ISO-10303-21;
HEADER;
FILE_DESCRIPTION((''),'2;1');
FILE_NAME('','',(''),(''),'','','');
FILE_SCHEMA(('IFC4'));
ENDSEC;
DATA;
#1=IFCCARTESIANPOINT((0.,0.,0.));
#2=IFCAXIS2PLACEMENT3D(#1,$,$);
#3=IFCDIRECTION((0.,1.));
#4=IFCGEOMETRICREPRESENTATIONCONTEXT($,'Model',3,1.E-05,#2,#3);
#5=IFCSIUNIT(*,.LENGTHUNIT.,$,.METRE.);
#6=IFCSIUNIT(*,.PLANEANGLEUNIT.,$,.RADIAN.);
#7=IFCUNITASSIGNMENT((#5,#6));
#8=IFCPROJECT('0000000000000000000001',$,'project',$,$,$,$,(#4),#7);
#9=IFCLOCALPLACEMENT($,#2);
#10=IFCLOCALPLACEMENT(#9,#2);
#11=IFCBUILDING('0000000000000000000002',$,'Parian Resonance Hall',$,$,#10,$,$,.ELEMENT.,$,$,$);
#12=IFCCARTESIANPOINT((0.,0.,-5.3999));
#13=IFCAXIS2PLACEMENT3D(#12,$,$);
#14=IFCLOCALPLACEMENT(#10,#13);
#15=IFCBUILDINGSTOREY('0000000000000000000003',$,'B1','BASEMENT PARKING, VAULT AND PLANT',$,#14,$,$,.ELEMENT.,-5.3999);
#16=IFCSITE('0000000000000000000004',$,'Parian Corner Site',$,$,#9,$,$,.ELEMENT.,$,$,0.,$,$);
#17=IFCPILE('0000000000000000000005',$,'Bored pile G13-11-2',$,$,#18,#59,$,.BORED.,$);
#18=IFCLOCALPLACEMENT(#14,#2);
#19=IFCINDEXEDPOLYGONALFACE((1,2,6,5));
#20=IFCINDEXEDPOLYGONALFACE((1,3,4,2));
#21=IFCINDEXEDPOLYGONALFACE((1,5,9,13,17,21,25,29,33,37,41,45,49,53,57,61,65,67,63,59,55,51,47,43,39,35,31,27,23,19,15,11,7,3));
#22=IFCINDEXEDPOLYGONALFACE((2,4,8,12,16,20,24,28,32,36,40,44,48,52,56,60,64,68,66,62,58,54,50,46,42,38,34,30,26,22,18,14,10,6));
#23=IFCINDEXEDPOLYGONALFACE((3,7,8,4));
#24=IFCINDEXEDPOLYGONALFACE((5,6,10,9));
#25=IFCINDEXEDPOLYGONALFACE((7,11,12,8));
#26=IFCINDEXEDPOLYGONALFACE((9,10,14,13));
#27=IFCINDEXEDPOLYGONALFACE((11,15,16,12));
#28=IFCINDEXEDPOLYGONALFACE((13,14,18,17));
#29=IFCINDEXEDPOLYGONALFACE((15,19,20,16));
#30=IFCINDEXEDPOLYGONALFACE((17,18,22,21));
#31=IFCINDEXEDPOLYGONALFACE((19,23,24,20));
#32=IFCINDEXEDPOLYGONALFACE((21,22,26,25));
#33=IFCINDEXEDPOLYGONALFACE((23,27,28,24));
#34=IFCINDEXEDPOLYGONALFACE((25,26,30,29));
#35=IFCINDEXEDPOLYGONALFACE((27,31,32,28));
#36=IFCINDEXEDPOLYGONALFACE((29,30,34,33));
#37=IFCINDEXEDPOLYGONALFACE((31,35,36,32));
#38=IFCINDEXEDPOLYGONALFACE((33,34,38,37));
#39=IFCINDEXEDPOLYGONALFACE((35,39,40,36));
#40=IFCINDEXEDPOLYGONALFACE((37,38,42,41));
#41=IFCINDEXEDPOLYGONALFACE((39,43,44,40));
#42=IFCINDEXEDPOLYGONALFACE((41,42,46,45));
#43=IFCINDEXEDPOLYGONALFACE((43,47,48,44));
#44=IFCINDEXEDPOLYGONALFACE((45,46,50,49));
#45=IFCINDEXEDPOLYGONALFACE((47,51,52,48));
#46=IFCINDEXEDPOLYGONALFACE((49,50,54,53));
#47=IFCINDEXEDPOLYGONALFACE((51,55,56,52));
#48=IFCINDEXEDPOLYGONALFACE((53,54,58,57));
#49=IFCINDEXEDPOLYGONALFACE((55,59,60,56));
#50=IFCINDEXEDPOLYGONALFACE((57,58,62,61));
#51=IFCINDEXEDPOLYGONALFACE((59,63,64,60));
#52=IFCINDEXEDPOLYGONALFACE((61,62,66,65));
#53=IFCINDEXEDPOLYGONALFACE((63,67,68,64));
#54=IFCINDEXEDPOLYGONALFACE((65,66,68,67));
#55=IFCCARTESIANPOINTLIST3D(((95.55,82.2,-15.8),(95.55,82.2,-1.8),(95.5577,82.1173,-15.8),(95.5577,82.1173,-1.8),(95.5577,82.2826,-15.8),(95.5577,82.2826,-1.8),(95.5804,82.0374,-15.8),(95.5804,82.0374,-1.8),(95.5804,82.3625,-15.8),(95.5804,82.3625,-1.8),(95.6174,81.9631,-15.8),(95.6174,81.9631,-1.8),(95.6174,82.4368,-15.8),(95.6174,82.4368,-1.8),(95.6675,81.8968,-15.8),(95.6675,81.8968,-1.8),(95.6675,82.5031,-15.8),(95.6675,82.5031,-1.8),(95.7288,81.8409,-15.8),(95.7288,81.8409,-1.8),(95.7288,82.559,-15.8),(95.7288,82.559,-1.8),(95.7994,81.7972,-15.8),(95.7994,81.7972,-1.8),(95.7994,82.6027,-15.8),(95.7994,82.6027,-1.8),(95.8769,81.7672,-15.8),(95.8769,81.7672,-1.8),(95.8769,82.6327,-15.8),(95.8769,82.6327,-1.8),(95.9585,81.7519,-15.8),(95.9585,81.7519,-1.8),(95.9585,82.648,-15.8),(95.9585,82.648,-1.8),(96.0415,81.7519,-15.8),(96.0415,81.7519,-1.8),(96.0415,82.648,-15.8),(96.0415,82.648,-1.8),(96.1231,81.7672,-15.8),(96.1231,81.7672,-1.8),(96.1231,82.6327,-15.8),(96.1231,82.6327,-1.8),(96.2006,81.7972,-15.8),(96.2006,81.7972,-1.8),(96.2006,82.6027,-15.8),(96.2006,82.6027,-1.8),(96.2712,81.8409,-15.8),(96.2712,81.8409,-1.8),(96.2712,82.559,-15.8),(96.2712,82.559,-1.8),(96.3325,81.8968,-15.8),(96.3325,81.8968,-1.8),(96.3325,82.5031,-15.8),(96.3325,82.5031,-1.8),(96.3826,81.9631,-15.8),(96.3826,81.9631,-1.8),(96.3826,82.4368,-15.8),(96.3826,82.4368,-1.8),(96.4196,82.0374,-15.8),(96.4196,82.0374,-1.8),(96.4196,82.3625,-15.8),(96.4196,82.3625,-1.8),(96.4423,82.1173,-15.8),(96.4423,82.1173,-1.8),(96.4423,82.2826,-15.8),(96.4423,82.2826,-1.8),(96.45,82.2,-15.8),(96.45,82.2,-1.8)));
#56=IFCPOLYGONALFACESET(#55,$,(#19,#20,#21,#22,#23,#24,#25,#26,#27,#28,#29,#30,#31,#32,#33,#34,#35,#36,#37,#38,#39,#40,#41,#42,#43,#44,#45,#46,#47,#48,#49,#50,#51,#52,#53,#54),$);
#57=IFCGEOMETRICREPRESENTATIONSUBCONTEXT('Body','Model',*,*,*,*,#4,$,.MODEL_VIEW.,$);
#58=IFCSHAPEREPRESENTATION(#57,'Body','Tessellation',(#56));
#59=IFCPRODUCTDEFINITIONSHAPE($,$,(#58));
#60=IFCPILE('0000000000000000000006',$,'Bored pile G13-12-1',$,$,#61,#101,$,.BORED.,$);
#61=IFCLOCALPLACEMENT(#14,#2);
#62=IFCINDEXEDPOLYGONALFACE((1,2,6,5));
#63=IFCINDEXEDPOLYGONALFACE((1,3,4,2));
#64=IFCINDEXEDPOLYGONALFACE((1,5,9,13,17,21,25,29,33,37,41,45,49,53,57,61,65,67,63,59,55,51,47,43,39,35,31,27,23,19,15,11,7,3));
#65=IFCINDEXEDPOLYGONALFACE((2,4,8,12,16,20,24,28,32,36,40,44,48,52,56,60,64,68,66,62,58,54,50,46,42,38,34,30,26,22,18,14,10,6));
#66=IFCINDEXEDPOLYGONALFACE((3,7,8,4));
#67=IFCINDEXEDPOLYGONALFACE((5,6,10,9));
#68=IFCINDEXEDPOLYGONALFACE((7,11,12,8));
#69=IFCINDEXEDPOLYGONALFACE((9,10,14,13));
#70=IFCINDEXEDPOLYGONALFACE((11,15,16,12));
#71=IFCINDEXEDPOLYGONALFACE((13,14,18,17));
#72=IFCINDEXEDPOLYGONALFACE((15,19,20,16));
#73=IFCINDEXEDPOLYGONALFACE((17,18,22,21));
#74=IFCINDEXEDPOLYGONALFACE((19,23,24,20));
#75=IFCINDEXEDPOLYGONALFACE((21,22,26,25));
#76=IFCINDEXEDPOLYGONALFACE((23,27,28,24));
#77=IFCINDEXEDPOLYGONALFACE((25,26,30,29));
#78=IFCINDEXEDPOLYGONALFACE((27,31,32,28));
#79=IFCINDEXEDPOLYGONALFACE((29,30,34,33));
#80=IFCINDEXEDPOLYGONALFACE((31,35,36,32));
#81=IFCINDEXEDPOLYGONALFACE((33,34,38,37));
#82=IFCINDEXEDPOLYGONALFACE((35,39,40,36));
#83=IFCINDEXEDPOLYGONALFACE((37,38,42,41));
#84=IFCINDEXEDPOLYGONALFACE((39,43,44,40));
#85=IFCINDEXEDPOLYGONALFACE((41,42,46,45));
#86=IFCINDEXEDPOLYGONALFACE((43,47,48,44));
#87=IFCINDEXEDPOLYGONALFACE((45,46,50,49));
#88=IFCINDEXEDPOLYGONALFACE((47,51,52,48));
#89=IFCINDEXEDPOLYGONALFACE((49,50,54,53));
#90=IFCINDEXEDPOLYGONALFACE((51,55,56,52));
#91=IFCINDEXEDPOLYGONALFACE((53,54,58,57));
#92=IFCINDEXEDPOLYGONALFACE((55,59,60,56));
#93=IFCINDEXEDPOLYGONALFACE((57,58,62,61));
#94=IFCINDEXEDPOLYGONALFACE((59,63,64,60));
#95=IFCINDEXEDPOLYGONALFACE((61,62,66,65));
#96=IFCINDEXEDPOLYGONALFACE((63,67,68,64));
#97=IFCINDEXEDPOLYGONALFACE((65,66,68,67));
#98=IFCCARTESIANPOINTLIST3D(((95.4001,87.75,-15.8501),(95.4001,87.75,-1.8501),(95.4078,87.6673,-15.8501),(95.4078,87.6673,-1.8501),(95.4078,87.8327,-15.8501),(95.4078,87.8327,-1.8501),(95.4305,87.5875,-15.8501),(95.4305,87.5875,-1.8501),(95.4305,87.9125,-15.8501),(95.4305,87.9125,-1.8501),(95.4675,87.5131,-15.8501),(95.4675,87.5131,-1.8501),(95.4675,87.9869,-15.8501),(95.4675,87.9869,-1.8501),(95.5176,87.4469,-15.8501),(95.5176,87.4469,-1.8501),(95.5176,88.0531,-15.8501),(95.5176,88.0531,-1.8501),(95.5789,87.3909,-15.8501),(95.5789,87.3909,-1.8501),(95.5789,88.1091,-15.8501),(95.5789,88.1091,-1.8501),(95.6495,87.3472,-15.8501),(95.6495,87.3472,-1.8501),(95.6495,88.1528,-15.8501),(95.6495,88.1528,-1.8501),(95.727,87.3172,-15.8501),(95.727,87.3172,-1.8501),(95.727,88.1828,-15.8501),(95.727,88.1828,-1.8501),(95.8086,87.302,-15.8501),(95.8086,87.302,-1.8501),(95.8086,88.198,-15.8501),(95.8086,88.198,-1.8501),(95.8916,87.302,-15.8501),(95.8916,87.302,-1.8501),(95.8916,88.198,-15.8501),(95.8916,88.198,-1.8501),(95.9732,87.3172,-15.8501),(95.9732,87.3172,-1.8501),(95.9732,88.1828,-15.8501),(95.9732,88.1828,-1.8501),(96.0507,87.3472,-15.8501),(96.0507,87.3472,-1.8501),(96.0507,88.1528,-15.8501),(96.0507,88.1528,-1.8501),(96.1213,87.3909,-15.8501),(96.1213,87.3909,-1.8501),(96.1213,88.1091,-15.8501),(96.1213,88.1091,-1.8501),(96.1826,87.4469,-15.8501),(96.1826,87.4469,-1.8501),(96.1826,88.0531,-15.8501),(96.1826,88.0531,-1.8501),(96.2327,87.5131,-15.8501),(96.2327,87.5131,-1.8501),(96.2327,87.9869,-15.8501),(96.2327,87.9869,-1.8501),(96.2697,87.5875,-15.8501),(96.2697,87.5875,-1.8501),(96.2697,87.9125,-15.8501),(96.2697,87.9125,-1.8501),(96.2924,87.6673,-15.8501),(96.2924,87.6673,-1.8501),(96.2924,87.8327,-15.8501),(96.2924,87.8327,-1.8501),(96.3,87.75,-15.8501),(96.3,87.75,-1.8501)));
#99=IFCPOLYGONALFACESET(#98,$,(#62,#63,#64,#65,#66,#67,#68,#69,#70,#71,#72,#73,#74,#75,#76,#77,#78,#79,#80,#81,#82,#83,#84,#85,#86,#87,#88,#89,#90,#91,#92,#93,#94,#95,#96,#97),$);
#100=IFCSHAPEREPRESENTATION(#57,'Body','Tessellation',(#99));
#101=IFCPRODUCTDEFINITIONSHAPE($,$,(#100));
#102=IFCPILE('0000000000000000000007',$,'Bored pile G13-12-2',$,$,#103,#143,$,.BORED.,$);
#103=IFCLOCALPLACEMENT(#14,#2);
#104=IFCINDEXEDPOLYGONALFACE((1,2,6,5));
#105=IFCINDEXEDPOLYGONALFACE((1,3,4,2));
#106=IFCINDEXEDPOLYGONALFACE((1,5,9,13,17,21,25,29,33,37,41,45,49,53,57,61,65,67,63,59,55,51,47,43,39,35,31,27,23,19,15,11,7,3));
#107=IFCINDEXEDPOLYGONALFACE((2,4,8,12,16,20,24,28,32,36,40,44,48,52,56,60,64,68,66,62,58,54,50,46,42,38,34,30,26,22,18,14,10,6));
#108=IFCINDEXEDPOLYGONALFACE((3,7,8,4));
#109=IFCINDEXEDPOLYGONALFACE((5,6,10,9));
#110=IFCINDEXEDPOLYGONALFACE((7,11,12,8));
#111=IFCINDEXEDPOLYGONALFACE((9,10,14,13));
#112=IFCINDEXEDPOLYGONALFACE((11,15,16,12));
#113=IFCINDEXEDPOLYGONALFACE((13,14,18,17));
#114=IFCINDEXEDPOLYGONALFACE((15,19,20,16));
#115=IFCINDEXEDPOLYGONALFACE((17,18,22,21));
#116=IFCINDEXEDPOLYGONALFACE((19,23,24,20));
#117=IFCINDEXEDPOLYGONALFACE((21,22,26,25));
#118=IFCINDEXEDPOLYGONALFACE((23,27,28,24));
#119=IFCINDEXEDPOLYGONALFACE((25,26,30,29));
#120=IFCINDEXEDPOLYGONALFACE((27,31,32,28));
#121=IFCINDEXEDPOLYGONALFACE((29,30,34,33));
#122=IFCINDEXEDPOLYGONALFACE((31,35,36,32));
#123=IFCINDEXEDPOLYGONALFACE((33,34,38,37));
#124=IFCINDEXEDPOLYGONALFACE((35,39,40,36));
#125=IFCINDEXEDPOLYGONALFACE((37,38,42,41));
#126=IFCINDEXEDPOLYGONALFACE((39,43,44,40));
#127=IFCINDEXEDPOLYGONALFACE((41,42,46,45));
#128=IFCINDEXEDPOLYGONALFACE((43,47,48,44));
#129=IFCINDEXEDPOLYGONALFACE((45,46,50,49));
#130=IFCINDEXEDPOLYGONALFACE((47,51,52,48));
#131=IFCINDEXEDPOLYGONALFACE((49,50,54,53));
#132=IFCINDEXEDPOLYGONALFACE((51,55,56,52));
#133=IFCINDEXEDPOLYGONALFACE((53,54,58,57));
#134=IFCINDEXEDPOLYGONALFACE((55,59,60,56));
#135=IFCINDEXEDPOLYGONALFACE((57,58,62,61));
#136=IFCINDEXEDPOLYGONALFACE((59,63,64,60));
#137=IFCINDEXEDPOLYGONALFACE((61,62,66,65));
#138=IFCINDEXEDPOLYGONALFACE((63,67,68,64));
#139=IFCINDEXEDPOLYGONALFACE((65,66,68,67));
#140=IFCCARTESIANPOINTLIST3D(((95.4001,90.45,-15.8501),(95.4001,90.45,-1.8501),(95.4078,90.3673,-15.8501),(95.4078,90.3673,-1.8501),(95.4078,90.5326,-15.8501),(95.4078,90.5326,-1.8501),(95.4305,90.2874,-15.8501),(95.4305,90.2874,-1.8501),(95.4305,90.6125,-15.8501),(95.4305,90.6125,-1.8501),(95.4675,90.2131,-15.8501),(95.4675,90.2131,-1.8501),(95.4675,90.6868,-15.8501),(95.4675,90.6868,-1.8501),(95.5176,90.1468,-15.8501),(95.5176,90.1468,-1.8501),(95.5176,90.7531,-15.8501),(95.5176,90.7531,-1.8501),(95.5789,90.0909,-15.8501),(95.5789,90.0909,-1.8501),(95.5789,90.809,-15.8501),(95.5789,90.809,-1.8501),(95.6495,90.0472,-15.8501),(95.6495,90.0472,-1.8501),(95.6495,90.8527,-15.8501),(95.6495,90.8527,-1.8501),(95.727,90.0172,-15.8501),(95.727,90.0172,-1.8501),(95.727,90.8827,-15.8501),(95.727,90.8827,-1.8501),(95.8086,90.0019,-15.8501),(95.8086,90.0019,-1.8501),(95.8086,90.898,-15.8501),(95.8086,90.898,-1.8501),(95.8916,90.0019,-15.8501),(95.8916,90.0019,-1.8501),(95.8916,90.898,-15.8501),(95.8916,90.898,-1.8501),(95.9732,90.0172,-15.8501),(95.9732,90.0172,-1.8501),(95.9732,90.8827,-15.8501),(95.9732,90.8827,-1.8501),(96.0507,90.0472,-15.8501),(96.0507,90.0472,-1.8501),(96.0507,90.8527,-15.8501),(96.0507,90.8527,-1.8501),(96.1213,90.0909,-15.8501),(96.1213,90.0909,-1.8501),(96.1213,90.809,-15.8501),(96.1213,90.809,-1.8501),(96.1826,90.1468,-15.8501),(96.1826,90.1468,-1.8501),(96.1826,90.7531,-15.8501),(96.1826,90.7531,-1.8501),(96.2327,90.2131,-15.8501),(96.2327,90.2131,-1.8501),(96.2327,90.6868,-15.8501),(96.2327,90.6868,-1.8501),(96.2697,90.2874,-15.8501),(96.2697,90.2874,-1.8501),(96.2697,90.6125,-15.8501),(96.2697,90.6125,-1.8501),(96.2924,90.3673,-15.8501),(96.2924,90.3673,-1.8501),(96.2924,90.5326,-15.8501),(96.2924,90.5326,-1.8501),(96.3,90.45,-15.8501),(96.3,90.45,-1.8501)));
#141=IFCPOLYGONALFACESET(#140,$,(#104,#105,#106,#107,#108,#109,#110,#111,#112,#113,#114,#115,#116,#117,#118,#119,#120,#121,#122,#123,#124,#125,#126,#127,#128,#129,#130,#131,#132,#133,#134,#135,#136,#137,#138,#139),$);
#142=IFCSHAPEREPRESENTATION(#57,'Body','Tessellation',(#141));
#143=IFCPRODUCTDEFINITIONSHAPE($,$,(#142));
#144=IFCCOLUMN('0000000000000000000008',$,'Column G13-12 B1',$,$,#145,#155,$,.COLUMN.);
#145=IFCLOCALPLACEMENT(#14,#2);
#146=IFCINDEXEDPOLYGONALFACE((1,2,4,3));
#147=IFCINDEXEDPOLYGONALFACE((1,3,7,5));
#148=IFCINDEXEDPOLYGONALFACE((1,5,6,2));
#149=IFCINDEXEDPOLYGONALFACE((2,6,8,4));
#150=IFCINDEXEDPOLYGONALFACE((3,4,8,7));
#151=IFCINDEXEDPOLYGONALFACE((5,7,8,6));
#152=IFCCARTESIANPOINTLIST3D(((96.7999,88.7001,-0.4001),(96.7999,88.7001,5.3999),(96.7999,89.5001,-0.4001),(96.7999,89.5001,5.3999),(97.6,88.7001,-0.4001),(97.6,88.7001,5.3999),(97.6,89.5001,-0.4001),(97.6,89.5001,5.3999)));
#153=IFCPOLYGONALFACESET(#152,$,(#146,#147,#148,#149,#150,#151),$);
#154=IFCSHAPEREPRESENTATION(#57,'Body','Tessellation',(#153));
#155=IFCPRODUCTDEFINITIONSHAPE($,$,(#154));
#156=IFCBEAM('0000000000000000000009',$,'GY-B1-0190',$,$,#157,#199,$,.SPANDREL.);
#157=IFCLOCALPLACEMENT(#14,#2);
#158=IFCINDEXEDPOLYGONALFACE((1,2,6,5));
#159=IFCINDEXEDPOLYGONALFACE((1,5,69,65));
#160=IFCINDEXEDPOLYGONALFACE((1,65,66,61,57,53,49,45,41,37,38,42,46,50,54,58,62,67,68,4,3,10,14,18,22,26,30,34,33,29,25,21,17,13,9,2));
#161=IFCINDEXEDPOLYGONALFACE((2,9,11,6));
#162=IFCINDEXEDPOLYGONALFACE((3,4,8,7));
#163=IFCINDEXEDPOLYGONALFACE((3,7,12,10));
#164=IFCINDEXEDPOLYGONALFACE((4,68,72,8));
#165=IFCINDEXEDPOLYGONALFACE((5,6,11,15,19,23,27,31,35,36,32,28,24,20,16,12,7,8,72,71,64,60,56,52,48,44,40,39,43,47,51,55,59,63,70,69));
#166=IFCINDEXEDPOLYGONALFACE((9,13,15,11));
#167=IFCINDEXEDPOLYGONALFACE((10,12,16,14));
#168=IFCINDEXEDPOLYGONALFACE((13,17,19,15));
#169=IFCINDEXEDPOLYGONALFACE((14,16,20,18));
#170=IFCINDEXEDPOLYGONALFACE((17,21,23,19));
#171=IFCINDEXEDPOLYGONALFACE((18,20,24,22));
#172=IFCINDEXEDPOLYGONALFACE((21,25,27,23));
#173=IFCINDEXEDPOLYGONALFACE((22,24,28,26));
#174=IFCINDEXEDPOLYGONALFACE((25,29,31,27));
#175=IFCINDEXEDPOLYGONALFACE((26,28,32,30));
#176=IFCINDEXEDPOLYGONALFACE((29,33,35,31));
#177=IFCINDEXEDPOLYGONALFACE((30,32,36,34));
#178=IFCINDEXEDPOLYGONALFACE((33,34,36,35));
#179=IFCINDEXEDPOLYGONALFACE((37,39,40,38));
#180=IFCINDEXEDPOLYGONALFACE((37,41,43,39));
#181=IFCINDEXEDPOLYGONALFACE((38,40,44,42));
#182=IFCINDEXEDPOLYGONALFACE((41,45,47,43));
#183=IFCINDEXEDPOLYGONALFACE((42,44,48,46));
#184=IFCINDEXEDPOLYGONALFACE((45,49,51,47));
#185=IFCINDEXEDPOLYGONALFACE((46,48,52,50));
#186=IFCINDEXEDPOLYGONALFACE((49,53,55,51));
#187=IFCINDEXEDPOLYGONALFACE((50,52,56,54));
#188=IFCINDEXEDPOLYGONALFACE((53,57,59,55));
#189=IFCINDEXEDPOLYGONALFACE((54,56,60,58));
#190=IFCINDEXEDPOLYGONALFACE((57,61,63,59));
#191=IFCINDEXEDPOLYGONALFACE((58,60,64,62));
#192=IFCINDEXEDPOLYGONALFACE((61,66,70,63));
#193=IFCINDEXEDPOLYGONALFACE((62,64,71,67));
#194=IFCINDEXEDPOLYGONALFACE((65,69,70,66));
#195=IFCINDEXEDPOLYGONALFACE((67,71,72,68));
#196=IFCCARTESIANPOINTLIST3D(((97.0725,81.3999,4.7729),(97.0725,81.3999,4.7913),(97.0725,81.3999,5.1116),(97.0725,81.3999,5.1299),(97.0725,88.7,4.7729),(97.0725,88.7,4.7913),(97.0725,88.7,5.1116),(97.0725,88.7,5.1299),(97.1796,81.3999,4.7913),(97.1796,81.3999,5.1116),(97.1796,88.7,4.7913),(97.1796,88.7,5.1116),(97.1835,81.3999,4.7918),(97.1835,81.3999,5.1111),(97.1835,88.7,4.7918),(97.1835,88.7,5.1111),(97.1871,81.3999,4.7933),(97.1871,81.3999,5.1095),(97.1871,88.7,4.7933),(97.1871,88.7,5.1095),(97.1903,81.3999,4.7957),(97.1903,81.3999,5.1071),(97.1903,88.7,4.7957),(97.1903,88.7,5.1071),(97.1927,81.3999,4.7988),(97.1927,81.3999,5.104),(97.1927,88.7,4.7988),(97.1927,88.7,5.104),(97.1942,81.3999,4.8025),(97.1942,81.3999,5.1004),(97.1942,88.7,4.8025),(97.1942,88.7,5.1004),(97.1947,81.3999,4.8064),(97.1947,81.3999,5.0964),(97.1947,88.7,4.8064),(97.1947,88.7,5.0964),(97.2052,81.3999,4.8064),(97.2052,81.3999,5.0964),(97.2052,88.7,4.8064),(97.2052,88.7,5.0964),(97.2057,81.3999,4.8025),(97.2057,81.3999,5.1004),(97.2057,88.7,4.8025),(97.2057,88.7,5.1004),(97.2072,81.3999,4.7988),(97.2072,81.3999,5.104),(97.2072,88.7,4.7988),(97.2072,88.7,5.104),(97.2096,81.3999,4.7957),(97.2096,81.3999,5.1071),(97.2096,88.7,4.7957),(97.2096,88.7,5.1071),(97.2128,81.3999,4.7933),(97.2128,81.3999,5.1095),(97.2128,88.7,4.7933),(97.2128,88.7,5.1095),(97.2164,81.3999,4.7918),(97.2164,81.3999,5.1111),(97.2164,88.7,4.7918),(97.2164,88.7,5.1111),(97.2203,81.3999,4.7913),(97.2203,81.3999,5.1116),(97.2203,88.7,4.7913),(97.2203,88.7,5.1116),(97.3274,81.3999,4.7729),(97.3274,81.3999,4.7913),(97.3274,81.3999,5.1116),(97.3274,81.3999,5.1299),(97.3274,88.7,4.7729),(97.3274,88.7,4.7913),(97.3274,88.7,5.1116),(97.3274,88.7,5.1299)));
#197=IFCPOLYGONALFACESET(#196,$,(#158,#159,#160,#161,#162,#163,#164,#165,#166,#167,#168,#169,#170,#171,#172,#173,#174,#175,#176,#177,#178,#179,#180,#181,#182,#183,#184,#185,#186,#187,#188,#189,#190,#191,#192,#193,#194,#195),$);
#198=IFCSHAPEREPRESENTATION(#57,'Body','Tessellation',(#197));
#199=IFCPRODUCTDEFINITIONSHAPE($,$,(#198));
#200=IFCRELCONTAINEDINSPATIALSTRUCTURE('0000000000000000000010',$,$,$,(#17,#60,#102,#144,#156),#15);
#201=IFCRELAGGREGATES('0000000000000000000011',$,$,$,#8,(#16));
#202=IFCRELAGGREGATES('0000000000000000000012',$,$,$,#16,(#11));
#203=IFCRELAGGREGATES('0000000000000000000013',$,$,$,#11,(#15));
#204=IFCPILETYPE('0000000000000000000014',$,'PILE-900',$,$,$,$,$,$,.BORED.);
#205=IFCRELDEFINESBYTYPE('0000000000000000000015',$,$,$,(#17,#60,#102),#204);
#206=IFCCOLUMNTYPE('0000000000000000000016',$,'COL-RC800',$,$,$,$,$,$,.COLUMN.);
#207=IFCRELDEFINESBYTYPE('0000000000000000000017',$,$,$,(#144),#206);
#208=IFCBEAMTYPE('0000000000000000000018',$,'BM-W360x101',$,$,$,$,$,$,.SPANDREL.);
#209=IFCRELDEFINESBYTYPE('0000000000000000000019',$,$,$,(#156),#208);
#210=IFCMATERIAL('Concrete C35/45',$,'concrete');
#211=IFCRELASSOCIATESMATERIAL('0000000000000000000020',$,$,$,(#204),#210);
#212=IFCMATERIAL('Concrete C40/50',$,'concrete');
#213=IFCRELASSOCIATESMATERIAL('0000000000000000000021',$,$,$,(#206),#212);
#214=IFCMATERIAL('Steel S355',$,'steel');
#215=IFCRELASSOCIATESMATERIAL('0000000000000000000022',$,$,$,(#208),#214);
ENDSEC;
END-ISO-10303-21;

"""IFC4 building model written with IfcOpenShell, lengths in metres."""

from ifc_helpers import new_model, si_unit, direction, frame, origin, origin_2d, place, context, subcontext, project, spatial, rectangle, circle, i_section, extrude, material, material_profile, profile_set, type_object, element, save


model = new_model("IFC4")

# Units and contexts
model_context = context("Model", 3, precision=1e-05, world=origin(), true_north=direction((0.0, 1.0)))
body_context = subcontext(model_context, "Body", "Model", "MODEL_VIEW")
ifc_project = project(units=[si_unit("LENGTHUNIT", "METRE"), si_unit("PLANEANGLEUNIT", "RADIAN")], contexts=[model_context])

# Site, building, storey
site_placement = place(None, origin())
site = spatial("IfcSite", under=ifc_project, at=site_placement, Name="Parian Corner Site", CompositionType="ELEMENT", RefElevation=0.0)
building_placement = place(site_placement, origin())
building = spatial("IfcBuilding", under=site, at=building_placement, Name="Parian Resonance Hall", CompositionType="ELEMENT")
storey_placement = place(building_placement, frame((0.0, 0.0, -5.3999)))
storey = spatial("IfcBuildingStorey", under=building, at=storey_placement, Name="B1", Description="BASEMENT PARKING, VAULT AND PLANT", CompositionType="ELEMENT", Elevation=-5.3999)

# Piles
ifc_material_1 = material(Name="Concrete C35/45", Category="concrete")
ifc_material_profile_1 = material_profile(ifc_material_1, circle(Radius=0.45, at=origin_2d()), Name="PILE-D900")
ifc_profile_set_1 = profile_set([ifc_material_profile_1], Name="Concrete C35/45")
pile_type_1 = type_object("IfcPileType", Name="PILE-900", PredefinedType="BORED", material=ifc_profile_set_1)
for number, where, z_axis, x_axis, name in (
    (1, (96.0, 82.2, -1.8), (0.0, 0.0, -1.0), (1.0, 0.0, 0.0), "Bored pile G13-11-2"),
    (2, (95.8501, 87.75, -1.8501), (0.0, 0.0, -1.0), (1.0, 0.0, 0.0), "Bored pile G13-12-1"),
    (3, (95.8501, 90.45, -1.8501), (0.0, 0.0, -1.0), (1.0, 0.0, 0.0), "Bored pile G13-12-2"),
):
    element("IfcPile", number, at=place(storey_placement, frame(where, z_axis=z_axis, x_axis=x_axis)), inside=storey, type_object=pile_type_1, Name=name, PredefinedType="BORED", context=body_context, shape_type="SweptSolid", body=[
        extrude(circle(Radius=0.45, at=origin_2d()), origin(), (0.0, 0.0, 1.0), 14.0),
    ])

# Column
ifc_material_2 = material(Name="Concrete C40/50", Category="concrete")
ifc_material_profile_2 = material_profile(ifc_material_2, rectangle(XDim=0.8, YDim=0.8, at=origin_2d()), Name="RC-COL-800x800")
ifc_profile_set_2 = profile_set([ifc_material_profile_2], Name="Concrete C40/50")
column_type = type_object("IfcColumnType", Name="COL-RC800", PredefinedType="COLUMN", material=ifc_profile_set_2)
column_placement = place(storey_placement, frame((97.2, 89.1001, -0.4001), z_axis=(0.0, 0.0, 1.0), x_axis=(1.0, 0.0, 0.0)))
element("IfcColumn", 4, at=column_placement, inside=storey, type_object=column_type, Name="Column G13-12 B1", PredefinedType="COLUMN", context=body_context, shape_type="SweptSolid", body=[
    extrude(rectangle(XDim=0.8, YDim=0.8, at=origin_2d()), origin(), (0.0, 0.0, 1.0), 5.8),
])

# Beam
ifc_material_3 = material(Name="Steel S355", Category="steel")
ifc_material_profile_3 = material_profile(ifc_material_3, i_section(OverallWidth=0.2549, OverallDepth=0.3569, WebThickness=0.0105, FlangeThickness=0.0183, FilletRadius=0.0151, at=origin_2d()), Name="W360x101")
ifc_profile_set_3 = profile_set([ifc_material_profile_3], Name="Steel S355")
beam_type = type_object("IfcBeamType", Name="BM-W360x101", PredefinedType="SPANDREL", material=ifc_profile_set_3)
beam_placement = place(storey_placement, frame((97.2, 81.3999, 4.9514), z_axis=(0.0, 1.0, 0.0), x_axis=(-1.0, 0.0, 0.0)))
element("IfcBeam", 5, at=beam_placement, inside=storey, type_object=beam_type, Name="GY-B1-0190", PredefinedType="SPANDREL", context=body_context, shape_type="SweptSolid", body=[
    extrude(i_section(OverallWidth=0.2549, OverallDepth=0.3569, WebThickness=0.0105, FlangeThickness=0.0183, FilletRadius=0.0151, at=origin_2d()), origin(), (0.0, 0.0, 1.0), 7.3),
])

save(model, "model.ifc")
